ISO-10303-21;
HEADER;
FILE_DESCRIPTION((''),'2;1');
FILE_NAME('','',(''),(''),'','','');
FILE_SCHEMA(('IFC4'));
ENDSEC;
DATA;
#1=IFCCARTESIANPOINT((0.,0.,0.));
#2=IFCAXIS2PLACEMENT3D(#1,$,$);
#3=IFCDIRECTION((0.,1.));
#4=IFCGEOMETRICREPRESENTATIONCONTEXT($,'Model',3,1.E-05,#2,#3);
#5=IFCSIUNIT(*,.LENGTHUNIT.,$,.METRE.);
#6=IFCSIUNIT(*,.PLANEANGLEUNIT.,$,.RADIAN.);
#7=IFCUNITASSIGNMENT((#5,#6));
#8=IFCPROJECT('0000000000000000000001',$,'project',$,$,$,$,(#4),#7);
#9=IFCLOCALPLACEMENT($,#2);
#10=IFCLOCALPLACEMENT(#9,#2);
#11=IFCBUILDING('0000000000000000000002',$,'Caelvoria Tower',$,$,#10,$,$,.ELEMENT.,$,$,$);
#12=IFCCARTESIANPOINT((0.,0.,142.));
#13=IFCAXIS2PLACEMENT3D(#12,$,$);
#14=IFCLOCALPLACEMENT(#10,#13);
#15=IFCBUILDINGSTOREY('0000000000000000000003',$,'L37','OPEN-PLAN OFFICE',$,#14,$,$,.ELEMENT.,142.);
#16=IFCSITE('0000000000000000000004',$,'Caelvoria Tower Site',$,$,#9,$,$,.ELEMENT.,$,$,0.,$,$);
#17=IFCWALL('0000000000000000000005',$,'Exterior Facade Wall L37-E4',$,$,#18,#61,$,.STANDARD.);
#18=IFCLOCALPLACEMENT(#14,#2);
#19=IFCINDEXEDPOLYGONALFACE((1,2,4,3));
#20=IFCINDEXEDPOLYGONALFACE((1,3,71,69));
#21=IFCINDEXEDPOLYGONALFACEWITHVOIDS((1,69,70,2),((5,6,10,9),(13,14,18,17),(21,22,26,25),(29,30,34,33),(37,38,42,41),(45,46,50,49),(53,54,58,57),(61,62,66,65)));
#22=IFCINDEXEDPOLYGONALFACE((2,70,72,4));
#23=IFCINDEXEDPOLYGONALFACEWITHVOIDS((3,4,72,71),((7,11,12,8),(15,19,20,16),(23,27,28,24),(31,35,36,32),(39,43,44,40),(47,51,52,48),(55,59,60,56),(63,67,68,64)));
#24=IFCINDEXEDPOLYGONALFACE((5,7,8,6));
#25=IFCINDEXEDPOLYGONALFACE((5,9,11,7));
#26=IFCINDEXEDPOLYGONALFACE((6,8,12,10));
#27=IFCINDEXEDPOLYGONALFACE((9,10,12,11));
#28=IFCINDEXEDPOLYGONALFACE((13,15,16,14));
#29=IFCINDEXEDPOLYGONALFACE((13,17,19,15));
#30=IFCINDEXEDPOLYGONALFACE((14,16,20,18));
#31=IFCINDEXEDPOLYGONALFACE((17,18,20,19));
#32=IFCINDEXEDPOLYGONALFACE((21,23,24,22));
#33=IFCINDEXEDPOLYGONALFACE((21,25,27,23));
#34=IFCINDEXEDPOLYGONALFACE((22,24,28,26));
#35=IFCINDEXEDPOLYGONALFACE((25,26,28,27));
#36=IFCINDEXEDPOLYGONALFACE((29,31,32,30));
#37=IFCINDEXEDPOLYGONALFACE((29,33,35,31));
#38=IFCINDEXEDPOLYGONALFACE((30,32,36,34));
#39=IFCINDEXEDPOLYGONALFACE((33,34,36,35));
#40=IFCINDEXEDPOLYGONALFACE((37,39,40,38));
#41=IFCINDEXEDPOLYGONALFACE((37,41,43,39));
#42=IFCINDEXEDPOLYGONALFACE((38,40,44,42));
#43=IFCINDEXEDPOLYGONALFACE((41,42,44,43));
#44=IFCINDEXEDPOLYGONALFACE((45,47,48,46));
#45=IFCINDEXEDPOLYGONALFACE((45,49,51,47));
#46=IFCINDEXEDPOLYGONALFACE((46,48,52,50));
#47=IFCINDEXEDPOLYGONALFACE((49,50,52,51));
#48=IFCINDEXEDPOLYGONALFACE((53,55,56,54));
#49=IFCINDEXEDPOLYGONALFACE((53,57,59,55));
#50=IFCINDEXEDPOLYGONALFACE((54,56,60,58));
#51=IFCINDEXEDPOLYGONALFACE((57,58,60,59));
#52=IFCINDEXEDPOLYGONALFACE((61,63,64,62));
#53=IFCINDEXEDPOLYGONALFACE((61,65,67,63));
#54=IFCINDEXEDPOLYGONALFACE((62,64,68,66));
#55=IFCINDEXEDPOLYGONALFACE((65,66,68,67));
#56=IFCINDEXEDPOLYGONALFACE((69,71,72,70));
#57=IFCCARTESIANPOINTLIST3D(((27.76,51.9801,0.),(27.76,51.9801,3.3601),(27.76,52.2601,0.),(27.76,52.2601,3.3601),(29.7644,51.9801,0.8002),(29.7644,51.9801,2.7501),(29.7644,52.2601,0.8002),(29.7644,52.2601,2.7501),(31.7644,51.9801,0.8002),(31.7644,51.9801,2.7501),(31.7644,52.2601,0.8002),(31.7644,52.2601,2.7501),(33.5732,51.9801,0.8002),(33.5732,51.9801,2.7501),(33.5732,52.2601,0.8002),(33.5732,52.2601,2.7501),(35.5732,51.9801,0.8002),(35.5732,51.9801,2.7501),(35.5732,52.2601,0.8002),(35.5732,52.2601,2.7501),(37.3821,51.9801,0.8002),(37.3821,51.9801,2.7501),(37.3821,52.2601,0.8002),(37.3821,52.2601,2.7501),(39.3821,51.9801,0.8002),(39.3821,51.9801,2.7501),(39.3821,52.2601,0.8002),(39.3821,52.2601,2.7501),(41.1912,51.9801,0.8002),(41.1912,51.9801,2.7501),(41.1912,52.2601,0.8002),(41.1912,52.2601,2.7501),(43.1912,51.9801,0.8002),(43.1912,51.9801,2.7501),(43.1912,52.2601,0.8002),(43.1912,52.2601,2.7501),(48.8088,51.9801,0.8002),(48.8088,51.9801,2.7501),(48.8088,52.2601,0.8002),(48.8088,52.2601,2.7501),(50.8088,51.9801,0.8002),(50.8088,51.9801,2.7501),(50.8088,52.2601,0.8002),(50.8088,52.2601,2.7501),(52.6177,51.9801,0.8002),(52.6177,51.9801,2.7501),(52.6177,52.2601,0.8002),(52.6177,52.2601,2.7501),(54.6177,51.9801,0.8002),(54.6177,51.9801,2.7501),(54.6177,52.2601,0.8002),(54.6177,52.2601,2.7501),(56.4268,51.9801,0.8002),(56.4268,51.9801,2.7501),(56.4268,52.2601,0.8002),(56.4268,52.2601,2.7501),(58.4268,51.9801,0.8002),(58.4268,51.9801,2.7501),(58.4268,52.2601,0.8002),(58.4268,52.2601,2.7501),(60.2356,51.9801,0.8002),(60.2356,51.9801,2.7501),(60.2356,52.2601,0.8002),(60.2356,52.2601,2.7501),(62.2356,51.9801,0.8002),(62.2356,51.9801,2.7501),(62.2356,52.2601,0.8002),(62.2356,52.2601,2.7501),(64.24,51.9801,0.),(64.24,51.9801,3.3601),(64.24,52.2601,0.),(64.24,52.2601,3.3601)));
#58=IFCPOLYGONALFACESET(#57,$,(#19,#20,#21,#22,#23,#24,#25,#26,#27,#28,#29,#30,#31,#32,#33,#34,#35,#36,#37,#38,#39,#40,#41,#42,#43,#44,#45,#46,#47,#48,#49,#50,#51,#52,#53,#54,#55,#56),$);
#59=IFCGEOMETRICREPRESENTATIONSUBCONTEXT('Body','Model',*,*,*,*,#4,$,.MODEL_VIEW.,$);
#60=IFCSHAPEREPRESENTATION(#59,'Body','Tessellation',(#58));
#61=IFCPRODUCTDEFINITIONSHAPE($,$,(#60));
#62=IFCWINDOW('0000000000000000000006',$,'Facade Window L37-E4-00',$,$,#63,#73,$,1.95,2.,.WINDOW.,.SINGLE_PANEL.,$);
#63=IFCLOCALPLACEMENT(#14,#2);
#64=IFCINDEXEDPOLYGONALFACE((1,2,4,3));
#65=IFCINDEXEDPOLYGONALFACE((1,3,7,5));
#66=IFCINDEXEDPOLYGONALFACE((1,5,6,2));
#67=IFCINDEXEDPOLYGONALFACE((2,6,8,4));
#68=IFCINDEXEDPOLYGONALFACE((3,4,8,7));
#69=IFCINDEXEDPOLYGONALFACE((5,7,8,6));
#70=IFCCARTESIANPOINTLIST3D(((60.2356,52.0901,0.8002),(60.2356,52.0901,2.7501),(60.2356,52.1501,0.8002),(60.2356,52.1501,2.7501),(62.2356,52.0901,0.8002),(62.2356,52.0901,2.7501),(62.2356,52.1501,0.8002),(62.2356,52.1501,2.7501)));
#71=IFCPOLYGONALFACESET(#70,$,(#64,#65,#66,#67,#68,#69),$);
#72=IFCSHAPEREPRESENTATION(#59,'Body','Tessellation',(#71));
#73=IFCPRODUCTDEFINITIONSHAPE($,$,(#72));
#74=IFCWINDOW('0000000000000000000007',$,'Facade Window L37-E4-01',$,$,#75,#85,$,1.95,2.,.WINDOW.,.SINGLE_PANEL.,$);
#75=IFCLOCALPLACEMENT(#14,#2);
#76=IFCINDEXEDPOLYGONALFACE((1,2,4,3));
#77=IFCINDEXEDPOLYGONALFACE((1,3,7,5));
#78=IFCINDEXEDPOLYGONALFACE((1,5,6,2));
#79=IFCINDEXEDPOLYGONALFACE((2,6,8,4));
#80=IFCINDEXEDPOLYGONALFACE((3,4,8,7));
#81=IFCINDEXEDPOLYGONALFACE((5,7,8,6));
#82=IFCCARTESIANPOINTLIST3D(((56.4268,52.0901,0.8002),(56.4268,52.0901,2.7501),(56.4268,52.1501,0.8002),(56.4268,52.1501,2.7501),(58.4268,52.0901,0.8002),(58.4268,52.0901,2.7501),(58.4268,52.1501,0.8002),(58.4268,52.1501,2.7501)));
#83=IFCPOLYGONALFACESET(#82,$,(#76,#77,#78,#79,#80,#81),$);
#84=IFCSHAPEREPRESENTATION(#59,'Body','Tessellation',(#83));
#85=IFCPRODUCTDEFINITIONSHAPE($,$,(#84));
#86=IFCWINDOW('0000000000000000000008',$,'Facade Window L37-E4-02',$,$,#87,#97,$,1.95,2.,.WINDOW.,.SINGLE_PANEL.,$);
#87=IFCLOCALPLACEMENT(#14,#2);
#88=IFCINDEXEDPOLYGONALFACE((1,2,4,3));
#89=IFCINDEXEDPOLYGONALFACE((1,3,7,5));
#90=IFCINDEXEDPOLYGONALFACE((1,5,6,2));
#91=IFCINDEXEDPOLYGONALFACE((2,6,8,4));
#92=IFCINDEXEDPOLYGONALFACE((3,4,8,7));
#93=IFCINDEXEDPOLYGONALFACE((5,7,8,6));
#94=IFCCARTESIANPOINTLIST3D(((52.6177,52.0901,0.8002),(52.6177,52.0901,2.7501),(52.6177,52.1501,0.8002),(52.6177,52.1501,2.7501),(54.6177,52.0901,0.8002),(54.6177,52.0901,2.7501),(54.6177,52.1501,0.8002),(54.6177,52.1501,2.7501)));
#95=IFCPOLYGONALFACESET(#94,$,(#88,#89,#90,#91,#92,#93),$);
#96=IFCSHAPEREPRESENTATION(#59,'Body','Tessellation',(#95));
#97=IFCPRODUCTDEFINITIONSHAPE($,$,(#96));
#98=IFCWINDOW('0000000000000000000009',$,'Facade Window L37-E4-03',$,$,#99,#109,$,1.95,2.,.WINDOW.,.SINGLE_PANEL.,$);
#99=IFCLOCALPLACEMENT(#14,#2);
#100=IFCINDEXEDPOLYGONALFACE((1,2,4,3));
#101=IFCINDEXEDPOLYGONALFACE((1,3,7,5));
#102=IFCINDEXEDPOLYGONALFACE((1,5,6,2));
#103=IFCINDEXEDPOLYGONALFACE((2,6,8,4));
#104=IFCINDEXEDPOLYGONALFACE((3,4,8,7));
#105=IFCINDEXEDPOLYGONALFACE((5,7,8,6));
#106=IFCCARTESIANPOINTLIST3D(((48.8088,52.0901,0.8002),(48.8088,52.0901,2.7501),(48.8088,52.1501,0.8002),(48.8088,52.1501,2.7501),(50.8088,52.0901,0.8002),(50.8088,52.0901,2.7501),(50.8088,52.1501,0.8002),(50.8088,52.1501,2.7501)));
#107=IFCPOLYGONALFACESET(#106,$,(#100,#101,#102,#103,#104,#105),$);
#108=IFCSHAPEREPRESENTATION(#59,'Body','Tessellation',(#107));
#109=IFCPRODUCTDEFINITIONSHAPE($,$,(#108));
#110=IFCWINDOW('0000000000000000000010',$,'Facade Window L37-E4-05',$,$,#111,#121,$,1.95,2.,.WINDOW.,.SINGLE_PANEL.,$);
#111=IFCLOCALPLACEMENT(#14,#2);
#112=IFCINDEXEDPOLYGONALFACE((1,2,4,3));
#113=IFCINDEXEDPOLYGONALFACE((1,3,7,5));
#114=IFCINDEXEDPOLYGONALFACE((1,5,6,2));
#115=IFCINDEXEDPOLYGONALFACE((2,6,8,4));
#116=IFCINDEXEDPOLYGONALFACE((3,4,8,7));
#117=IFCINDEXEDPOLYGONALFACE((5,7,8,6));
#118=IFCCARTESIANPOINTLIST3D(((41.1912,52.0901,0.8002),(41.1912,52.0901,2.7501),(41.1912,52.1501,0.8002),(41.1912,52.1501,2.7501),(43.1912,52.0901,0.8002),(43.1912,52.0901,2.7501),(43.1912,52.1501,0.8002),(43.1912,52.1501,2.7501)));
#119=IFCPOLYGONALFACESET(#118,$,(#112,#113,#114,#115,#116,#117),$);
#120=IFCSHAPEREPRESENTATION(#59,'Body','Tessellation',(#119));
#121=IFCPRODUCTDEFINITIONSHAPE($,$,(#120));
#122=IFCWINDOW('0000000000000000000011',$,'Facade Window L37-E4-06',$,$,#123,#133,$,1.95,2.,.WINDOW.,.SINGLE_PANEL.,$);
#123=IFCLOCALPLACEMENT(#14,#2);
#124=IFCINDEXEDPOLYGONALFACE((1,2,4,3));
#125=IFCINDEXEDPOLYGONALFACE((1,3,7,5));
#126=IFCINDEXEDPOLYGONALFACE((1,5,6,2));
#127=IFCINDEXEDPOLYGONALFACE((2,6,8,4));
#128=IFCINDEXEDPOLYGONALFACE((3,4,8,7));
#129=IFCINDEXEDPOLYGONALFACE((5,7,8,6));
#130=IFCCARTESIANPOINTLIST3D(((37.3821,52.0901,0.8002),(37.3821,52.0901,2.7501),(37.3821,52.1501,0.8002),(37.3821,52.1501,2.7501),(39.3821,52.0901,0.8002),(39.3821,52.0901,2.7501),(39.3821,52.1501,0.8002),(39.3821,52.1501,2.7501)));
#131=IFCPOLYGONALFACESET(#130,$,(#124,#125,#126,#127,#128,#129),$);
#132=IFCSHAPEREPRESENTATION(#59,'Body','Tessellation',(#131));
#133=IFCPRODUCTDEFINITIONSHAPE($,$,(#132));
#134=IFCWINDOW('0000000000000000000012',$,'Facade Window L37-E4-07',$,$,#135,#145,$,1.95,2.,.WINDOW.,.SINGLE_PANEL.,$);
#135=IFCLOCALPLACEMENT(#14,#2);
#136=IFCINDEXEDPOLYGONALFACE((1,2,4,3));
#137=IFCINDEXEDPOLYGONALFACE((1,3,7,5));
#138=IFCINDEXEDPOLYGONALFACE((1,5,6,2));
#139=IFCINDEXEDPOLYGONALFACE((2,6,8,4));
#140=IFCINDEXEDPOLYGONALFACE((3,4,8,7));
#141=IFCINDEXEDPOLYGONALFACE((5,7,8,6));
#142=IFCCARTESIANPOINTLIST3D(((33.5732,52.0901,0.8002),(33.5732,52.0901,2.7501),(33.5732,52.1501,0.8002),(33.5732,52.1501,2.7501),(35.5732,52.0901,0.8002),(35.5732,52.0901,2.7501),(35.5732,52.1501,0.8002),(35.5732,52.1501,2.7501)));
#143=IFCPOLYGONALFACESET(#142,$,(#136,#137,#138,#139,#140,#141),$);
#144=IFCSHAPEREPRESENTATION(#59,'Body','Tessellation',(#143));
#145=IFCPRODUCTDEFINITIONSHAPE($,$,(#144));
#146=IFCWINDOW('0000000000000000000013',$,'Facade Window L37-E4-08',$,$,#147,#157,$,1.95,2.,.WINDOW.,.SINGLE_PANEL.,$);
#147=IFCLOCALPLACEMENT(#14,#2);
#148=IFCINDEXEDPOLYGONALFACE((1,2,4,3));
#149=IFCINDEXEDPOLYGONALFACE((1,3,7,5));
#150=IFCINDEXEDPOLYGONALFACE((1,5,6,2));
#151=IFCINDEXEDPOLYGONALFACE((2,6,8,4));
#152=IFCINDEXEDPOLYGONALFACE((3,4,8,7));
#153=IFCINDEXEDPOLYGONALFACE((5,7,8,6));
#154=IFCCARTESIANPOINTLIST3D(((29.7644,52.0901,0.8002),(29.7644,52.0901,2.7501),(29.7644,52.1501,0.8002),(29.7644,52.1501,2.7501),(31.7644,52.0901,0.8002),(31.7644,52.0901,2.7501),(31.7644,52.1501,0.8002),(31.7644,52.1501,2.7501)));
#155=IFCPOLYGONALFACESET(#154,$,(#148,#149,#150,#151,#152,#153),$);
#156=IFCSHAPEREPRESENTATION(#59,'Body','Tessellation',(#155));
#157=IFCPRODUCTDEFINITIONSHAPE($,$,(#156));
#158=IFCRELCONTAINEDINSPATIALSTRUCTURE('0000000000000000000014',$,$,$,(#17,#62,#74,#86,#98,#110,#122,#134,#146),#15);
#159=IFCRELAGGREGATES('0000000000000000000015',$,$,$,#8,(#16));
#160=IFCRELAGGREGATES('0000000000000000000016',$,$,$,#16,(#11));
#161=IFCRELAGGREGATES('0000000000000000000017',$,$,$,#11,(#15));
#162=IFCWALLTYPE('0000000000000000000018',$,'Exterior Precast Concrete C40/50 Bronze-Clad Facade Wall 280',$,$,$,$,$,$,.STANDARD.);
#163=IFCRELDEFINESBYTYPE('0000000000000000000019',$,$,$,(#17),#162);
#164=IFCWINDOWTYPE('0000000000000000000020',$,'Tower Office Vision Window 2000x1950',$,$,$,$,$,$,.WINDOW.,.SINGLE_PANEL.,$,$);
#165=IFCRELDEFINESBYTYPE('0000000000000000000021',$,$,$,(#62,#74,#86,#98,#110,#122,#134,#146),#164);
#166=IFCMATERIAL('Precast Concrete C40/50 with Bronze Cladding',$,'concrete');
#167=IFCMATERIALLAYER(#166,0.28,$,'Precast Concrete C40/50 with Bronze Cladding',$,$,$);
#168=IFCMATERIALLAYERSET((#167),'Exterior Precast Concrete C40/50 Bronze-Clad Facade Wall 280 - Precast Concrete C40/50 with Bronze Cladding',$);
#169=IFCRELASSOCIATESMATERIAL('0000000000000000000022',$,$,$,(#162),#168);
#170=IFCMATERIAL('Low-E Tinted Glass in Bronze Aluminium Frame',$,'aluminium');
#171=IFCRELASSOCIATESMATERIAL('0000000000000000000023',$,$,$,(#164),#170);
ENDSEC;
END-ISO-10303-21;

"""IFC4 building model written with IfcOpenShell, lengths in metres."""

from ifc_helpers import new_model, si_unit, direction, frame, frame_2d, origin, place, context, subcontext, project, spatial, rectangle, extrude, material, layer, layer_set, type_object, element, fill, save


model = new_model("IFC4")

# Units and contexts
model_context = context("Model", 3, precision=1e-05, world=origin(), true_north=direction((0.0, 1.0)))
body_context = subcontext(model_context, "Body", "Model", "MODEL_VIEW")
ifc_project = project(units=[si_unit("LENGTHUNIT", "METRE"), si_unit("PLANEANGLEUNIT", "RADIAN")], contexts=[model_context])

# Site, building, storey
site_placement = place(None, origin())
site = spatial("IfcSite", under=ifc_project, at=site_placement, Name="Caelvoria Tower Site", CompositionType="ELEMENT", RefElevation=0.0)
building_placement = place(site_placement, origin())
building = spatial("IfcBuilding", under=site, at=building_placement, Name="Caelvoria Tower", CompositionType="ELEMENT")
storey_placement = place(building_placement, frame((0.0, 0.0, 142.0)))
storey = spatial("IfcBuildingStorey", under=building, at=storey_placement, Name="L37", Description="OPEN-PLAN OFFICE", CompositionType="ELEMENT", Elevation=142.0)

# Wall, openings, windows
ifc_material_1 = material(Name="Precast Concrete C40/50 with Bronze Cladding", Category="concrete")
ifc_layer_1 = layer(ifc_material_1, 0.28, Name="Precast Concrete C40/50 with Bronze Cladding")
ifc_layer_set_1 = layer_set([ifc_layer_1], Name="Exterior Precast Concrete C40/50 Bronze-Clad Facade Wall 280 - Precast Concrete C40/50 with Bronze Cladding")
wall_type = type_object("IfcWallType", Name="Exterior Precast Concrete C40/50 Bronze-Clad Facade Wall 280", PredefinedType="STANDARD", material=ifc_layer_set_1)
wall_placement = place(storey_placement, frame((64.24, 52.1201, 0.0), z_axis=(0.0, 0.0, 1.0), x_axis=(-1.0, 0.0, 0.0)))
wall = element("IfcWall", 1, at=wall_placement, inside=storey, type_object=wall_type, Name="Exterior Facade Wall L37-E4", PredefinedType="STANDARD", context=body_context, shape_type="SweptSolid", body=[
    extrude(rectangle(XDim=36.48, YDim=0.28, at=frame_2d((18.24, 0.0))), origin(), (0.0, 0.0, 1.0), 3.3601),
])
opening_1_placement = place(wall_placement, frame((2.0044, 0.0, 0.8)))
opening_1 = element("IfcOpeningElement", 2, at=opening_1_placement, cuts=wall, PredefinedType="OPENING", context=body_context, shape_type="SweptSolid", body=[
    extrude(rectangle(XDim=2.0, YDim=1.95, at=frame_2d((1.0, 0.9751))), frame((0.0, 0.1499, 0.0), z_axis=(0.0, -1.0, 0.0), x_axis=(1.0, 0.0, 0.0)), (0.0, 0.0, 1.0), 0.3),
])
opening_2_placement = place(wall_placement, frame((5.8132, 0.0, 0.8)))
opening_2 = element("IfcOpeningElement", 3, at=opening_2_placement, cuts=wall, PredefinedType="OPENING", context=body_context, shape_type="SweptSolid", body=[
    extrude(rectangle(XDim=2.0, YDim=1.95, at=frame_2d((1.0, 0.9751))), frame((0.0, 0.1499, 0.0), z_axis=(0.0, -1.0, 0.0), x_axis=(1.0, 0.0, 0.0)), (0.0, 0.0, 1.0), 0.3),
])
opening_3_placement = place(wall_placement, frame((9.6223, 0.0, 0.8)))
opening_3 = element("IfcOpeningElement", 4, at=opening_3_placement, cuts=wall, PredefinedType="OPENING", context=body_context, shape_type="SweptSolid", body=[
    extrude(rectangle(XDim=2.0, YDim=1.95, at=frame_2d((1.0, 0.9751))), frame((0.0, 0.1499, 0.0), z_axis=(0.0, -1.0, 0.0), x_axis=(1.0, 0.0, 0.0)), (0.0, 0.0, 1.0), 0.3),
])
opening_4_placement = place(wall_placement, frame((13.4312, 0.0, 0.8)))
opening_4 = element("IfcOpeningElement", 5, at=opening_4_placement, cuts=wall, PredefinedType="OPENING", context=body_context, shape_type="SweptSolid", body=[
    extrude(rectangle(XDim=2.0, YDim=1.95, at=frame_2d((1.0, 0.9751))), frame((0.0, 0.1499, 0.0), z_axis=(0.0, -1.0, 0.0), x_axis=(1.0, 0.0, 0.0)), (0.0, 0.0, 1.0), 0.3),
])
opening_5_placement = place(wall_placement, frame((21.0488, 0.0, 0.8)))
opening_5 = element("IfcOpeningElement", 6, at=opening_5_placement, cuts=wall, PredefinedType="OPENING", context=body_context, shape_type="SweptSolid", body=[
    extrude(rectangle(XDim=2.0, YDim=1.95, at=frame_2d((1.0, 0.9751))), frame((0.0, 0.1499, 0.0), z_axis=(0.0, -1.0, 0.0), x_axis=(1.0, 0.0, 0.0)), (0.0, 0.0, 1.0), 0.3),
])
opening_6_placement = place(wall_placement, frame((24.8579, 0.0, 0.8)))
opening_6 = element("IfcOpeningElement", 7, at=opening_6_placement, cuts=wall, PredefinedType="OPENING", context=body_context, shape_type="SweptSolid", body=[
    extrude(rectangle(XDim=2.0, YDim=1.95, at=frame_2d((1.0, 0.9751))), frame((0.0, 0.1499, 0.0), z_axis=(0.0, -1.0, 0.0), x_axis=(1.0, 0.0, 0.0)), (0.0, 0.0, 1.0), 0.3),
])
opening_7_placement = place(wall_placement, frame((28.6667, 0.0, 0.8)))
opening_7 = element("IfcOpeningElement", 8, at=opening_7_placement, cuts=wall, PredefinedType="OPENING", context=body_context, shape_type="SweptSolid", body=[
    extrude(rectangle(XDim=2.0, YDim=1.95, at=frame_2d((1.0, 0.9751))), frame((0.0, 0.1499, 0.0), z_axis=(0.0, -1.0, 0.0), x_axis=(1.0, 0.0, 0.0)), (0.0, 0.0, 1.0), 0.3),
])
opening_8_placement = place(wall_placement, frame((32.4756, 0.0, 0.8)))
opening_8 = element("IfcOpeningElement", 9, at=opening_8_placement, cuts=wall, PredefinedType="OPENING", context=body_context, shape_type="SweptSolid", body=[
    extrude(rectangle(XDim=2.0, YDim=1.95, at=frame_2d((1.0, 0.9751))), frame((0.0, 0.1499, 0.0), z_axis=(0.0, -1.0, 0.0), x_axis=(1.0, 0.0, 0.0)), (0.0, 0.0, 1.0), 0.3),
])
ifc_material_2 = material(Name="Low-E Tinted Glass in Bronze Aluminium Frame", Category="aluminium")
window_type = type_object("IfcWindowType", Name="Tower Office Vision Window 2000x1950", PartitioningType="SINGLE_PANEL", PredefinedType="WINDOW", material=ifc_material_2)
window_1_placement = place(opening_1_placement, origin())
window_1 = element("IfcWindow", 10, at=window_1_placement, inside=storey, type_object=window_type, Name="Facade Window L37-E4-00", OverallHeight=1.95, OverallWidth=2.0, PartitioningType="SINGLE_PANEL", PredefinedType="WINDOW", context=body_context, shape_type="SweptSolid", body=[
    extrude(rectangle(XDim=2.0, YDim=1.95, at=frame_2d((1.0, 0.9751))), frame((0.0, 0.03, 0.0), z_axis=(0.0, -1.0, 0.0), x_axis=(1.0, 0.0, 0.0)), (0.0, 0.0, 1.0), 0.0601),
])
fill(opening_1, window_1)
window_2_placement = place(opening_2_placement, origin())
window_2 = element("IfcWindow", 11, at=window_2_placement, inside=storey, type_object=window_type, Name="Facade Window L37-E4-01", OverallHeight=1.95, OverallWidth=2.0, PartitioningType="SINGLE_PANEL", PredefinedType="WINDOW", context=body_context, shape_type="SweptSolid", body=[
    extrude(rectangle(XDim=2.0, YDim=1.95, at=frame_2d((1.0, 0.9751))), frame((0.0, 0.03, 0.0), z_axis=(0.0, -1.0, 0.0), x_axis=(1.0, 0.0, 0.0)), (0.0, 0.0, 1.0), 0.0601),
])
fill(opening_2, window_2)
window_3_placement = place(opening_3_placement, origin())
window_3 = element("IfcWindow", 12, at=window_3_placement, inside=storey, type_object=window_type, Name="Facade Window L37-E4-02", OverallHeight=1.95, OverallWidth=2.0, PartitioningType="SINGLE_PANEL", PredefinedType="WINDOW", context=body_context, shape_type="SweptSolid", body=[
    extrude(rectangle(XDim=2.0, YDim=1.95, at=frame_2d((1.0, 0.9751))), frame((0.0, 0.03, 0.0), z_axis=(0.0, -1.0, 0.0), x_axis=(1.0, 0.0, 0.0)), (0.0, 0.0, 1.0), 0.0601),
])
fill(opening_3, window_3)
window_4_placement = place(opening_4_placement, origin())
window_4 = element("IfcWindow", 13, at=window_4_placement, inside=storey, type_object=window_type, Name="Facade Window L37-E4-03", OverallHeight=1.95, OverallWidth=2.0, PartitioningType="SINGLE_PANEL", PredefinedType="WINDOW", context=body_context, shape_type="SweptSolid", body=[
    extrude(rectangle(XDim=2.0, YDim=1.95, at=frame_2d((1.0, 0.9751))), frame((0.0, 0.03, 0.0), z_axis=(0.0, -1.0, 0.0), x_axis=(1.0, 0.0, 0.0)), (0.0, 0.0, 1.0), 0.0601),
])
fill(opening_4, window_4)
window_5_placement = place(opening_5_placement, origin())
window_5 = element("IfcWindow", 14, at=window_5_placement, inside=storey, type_object=window_type, Name="Facade Window L37-E4-05", OverallHeight=1.95, OverallWidth=2.0, PartitioningType="SINGLE_PANEL", PredefinedType="WINDOW", context=body_context, shape_type="SweptSolid", body=[
    extrude(rectangle(XDim=2.0, YDim=1.95, at=frame_2d((1.0, 0.9751))), frame((0.0, 0.03, 0.0), z_axis=(0.0, -1.0, 0.0), x_axis=(1.0, 0.0, 0.0)), (0.0, 0.0, 1.0), 0.0601),
])
fill(opening_5, window_5)
window_6_placement = place(opening_6_placement, origin())
window_6 = element("IfcWindow", 15, at=window_6_placement, inside=storey, type_object=window_type, Name="Facade Window L37-E4-06", OverallHeight=1.95, OverallWidth=2.0, PartitioningType="SINGLE_PANEL", PredefinedType="WINDOW", context=body_context, shape_type="SweptSolid", body=[
    extrude(rectangle(XDim=2.0, YDim=1.95, at=frame_2d((1.0, 0.9751))), frame((0.0, 0.03, 0.0), z_axis=(0.0, -1.0, 0.0), x_axis=(1.0, 0.0, 0.0)), (0.0, 0.0, 1.0), 0.0601),
])
fill(opening_6, window_6)
window_7_placement = place(opening_7_placement, origin())
window_7 = element("IfcWindow", 16, at=window_7_placement, inside=storey, type_object=window_type, Name="Facade Window L37-E4-07", OverallHeight=1.95, OverallWidth=2.0, PartitioningType="SINGLE_PANEL", PredefinedType="WINDOW", context=body_context, shape_type="SweptSolid", body=[
    extrude(rectangle(XDim=2.0, YDim=1.95, at=frame_2d((1.0, 0.9751))), frame((0.0, 0.03, 0.0), z_axis=(0.0, -1.0, 0.0), x_axis=(1.0, 0.0, 0.0)), (0.0, 0.0, 1.0), 0.0601),
])
fill(opening_7, window_7)
window_8_placement = place(opening_8_placement, origin())
window_8 = element("IfcWindow", 17, at=window_8_placement, inside=storey, type_object=window_type, Name="Facade Window L37-E4-08", OverallHeight=1.95, OverallWidth=2.0, PartitioningType="SINGLE_PANEL", PredefinedType="WINDOW", context=body_context, shape_type="SweptSolid", body=[
    extrude(rectangle(XDim=2.0, YDim=1.95, at=frame_2d((1.0, 0.9751))), frame((0.0, 0.03, 0.0), z_axis=(0.0, -1.0, 0.0), x_axis=(1.0, 0.0, 0.0)), (0.0, 0.0, 1.0), 0.0601),
])
fill(opening_8, window_8)

save(model, "model.ifc")
